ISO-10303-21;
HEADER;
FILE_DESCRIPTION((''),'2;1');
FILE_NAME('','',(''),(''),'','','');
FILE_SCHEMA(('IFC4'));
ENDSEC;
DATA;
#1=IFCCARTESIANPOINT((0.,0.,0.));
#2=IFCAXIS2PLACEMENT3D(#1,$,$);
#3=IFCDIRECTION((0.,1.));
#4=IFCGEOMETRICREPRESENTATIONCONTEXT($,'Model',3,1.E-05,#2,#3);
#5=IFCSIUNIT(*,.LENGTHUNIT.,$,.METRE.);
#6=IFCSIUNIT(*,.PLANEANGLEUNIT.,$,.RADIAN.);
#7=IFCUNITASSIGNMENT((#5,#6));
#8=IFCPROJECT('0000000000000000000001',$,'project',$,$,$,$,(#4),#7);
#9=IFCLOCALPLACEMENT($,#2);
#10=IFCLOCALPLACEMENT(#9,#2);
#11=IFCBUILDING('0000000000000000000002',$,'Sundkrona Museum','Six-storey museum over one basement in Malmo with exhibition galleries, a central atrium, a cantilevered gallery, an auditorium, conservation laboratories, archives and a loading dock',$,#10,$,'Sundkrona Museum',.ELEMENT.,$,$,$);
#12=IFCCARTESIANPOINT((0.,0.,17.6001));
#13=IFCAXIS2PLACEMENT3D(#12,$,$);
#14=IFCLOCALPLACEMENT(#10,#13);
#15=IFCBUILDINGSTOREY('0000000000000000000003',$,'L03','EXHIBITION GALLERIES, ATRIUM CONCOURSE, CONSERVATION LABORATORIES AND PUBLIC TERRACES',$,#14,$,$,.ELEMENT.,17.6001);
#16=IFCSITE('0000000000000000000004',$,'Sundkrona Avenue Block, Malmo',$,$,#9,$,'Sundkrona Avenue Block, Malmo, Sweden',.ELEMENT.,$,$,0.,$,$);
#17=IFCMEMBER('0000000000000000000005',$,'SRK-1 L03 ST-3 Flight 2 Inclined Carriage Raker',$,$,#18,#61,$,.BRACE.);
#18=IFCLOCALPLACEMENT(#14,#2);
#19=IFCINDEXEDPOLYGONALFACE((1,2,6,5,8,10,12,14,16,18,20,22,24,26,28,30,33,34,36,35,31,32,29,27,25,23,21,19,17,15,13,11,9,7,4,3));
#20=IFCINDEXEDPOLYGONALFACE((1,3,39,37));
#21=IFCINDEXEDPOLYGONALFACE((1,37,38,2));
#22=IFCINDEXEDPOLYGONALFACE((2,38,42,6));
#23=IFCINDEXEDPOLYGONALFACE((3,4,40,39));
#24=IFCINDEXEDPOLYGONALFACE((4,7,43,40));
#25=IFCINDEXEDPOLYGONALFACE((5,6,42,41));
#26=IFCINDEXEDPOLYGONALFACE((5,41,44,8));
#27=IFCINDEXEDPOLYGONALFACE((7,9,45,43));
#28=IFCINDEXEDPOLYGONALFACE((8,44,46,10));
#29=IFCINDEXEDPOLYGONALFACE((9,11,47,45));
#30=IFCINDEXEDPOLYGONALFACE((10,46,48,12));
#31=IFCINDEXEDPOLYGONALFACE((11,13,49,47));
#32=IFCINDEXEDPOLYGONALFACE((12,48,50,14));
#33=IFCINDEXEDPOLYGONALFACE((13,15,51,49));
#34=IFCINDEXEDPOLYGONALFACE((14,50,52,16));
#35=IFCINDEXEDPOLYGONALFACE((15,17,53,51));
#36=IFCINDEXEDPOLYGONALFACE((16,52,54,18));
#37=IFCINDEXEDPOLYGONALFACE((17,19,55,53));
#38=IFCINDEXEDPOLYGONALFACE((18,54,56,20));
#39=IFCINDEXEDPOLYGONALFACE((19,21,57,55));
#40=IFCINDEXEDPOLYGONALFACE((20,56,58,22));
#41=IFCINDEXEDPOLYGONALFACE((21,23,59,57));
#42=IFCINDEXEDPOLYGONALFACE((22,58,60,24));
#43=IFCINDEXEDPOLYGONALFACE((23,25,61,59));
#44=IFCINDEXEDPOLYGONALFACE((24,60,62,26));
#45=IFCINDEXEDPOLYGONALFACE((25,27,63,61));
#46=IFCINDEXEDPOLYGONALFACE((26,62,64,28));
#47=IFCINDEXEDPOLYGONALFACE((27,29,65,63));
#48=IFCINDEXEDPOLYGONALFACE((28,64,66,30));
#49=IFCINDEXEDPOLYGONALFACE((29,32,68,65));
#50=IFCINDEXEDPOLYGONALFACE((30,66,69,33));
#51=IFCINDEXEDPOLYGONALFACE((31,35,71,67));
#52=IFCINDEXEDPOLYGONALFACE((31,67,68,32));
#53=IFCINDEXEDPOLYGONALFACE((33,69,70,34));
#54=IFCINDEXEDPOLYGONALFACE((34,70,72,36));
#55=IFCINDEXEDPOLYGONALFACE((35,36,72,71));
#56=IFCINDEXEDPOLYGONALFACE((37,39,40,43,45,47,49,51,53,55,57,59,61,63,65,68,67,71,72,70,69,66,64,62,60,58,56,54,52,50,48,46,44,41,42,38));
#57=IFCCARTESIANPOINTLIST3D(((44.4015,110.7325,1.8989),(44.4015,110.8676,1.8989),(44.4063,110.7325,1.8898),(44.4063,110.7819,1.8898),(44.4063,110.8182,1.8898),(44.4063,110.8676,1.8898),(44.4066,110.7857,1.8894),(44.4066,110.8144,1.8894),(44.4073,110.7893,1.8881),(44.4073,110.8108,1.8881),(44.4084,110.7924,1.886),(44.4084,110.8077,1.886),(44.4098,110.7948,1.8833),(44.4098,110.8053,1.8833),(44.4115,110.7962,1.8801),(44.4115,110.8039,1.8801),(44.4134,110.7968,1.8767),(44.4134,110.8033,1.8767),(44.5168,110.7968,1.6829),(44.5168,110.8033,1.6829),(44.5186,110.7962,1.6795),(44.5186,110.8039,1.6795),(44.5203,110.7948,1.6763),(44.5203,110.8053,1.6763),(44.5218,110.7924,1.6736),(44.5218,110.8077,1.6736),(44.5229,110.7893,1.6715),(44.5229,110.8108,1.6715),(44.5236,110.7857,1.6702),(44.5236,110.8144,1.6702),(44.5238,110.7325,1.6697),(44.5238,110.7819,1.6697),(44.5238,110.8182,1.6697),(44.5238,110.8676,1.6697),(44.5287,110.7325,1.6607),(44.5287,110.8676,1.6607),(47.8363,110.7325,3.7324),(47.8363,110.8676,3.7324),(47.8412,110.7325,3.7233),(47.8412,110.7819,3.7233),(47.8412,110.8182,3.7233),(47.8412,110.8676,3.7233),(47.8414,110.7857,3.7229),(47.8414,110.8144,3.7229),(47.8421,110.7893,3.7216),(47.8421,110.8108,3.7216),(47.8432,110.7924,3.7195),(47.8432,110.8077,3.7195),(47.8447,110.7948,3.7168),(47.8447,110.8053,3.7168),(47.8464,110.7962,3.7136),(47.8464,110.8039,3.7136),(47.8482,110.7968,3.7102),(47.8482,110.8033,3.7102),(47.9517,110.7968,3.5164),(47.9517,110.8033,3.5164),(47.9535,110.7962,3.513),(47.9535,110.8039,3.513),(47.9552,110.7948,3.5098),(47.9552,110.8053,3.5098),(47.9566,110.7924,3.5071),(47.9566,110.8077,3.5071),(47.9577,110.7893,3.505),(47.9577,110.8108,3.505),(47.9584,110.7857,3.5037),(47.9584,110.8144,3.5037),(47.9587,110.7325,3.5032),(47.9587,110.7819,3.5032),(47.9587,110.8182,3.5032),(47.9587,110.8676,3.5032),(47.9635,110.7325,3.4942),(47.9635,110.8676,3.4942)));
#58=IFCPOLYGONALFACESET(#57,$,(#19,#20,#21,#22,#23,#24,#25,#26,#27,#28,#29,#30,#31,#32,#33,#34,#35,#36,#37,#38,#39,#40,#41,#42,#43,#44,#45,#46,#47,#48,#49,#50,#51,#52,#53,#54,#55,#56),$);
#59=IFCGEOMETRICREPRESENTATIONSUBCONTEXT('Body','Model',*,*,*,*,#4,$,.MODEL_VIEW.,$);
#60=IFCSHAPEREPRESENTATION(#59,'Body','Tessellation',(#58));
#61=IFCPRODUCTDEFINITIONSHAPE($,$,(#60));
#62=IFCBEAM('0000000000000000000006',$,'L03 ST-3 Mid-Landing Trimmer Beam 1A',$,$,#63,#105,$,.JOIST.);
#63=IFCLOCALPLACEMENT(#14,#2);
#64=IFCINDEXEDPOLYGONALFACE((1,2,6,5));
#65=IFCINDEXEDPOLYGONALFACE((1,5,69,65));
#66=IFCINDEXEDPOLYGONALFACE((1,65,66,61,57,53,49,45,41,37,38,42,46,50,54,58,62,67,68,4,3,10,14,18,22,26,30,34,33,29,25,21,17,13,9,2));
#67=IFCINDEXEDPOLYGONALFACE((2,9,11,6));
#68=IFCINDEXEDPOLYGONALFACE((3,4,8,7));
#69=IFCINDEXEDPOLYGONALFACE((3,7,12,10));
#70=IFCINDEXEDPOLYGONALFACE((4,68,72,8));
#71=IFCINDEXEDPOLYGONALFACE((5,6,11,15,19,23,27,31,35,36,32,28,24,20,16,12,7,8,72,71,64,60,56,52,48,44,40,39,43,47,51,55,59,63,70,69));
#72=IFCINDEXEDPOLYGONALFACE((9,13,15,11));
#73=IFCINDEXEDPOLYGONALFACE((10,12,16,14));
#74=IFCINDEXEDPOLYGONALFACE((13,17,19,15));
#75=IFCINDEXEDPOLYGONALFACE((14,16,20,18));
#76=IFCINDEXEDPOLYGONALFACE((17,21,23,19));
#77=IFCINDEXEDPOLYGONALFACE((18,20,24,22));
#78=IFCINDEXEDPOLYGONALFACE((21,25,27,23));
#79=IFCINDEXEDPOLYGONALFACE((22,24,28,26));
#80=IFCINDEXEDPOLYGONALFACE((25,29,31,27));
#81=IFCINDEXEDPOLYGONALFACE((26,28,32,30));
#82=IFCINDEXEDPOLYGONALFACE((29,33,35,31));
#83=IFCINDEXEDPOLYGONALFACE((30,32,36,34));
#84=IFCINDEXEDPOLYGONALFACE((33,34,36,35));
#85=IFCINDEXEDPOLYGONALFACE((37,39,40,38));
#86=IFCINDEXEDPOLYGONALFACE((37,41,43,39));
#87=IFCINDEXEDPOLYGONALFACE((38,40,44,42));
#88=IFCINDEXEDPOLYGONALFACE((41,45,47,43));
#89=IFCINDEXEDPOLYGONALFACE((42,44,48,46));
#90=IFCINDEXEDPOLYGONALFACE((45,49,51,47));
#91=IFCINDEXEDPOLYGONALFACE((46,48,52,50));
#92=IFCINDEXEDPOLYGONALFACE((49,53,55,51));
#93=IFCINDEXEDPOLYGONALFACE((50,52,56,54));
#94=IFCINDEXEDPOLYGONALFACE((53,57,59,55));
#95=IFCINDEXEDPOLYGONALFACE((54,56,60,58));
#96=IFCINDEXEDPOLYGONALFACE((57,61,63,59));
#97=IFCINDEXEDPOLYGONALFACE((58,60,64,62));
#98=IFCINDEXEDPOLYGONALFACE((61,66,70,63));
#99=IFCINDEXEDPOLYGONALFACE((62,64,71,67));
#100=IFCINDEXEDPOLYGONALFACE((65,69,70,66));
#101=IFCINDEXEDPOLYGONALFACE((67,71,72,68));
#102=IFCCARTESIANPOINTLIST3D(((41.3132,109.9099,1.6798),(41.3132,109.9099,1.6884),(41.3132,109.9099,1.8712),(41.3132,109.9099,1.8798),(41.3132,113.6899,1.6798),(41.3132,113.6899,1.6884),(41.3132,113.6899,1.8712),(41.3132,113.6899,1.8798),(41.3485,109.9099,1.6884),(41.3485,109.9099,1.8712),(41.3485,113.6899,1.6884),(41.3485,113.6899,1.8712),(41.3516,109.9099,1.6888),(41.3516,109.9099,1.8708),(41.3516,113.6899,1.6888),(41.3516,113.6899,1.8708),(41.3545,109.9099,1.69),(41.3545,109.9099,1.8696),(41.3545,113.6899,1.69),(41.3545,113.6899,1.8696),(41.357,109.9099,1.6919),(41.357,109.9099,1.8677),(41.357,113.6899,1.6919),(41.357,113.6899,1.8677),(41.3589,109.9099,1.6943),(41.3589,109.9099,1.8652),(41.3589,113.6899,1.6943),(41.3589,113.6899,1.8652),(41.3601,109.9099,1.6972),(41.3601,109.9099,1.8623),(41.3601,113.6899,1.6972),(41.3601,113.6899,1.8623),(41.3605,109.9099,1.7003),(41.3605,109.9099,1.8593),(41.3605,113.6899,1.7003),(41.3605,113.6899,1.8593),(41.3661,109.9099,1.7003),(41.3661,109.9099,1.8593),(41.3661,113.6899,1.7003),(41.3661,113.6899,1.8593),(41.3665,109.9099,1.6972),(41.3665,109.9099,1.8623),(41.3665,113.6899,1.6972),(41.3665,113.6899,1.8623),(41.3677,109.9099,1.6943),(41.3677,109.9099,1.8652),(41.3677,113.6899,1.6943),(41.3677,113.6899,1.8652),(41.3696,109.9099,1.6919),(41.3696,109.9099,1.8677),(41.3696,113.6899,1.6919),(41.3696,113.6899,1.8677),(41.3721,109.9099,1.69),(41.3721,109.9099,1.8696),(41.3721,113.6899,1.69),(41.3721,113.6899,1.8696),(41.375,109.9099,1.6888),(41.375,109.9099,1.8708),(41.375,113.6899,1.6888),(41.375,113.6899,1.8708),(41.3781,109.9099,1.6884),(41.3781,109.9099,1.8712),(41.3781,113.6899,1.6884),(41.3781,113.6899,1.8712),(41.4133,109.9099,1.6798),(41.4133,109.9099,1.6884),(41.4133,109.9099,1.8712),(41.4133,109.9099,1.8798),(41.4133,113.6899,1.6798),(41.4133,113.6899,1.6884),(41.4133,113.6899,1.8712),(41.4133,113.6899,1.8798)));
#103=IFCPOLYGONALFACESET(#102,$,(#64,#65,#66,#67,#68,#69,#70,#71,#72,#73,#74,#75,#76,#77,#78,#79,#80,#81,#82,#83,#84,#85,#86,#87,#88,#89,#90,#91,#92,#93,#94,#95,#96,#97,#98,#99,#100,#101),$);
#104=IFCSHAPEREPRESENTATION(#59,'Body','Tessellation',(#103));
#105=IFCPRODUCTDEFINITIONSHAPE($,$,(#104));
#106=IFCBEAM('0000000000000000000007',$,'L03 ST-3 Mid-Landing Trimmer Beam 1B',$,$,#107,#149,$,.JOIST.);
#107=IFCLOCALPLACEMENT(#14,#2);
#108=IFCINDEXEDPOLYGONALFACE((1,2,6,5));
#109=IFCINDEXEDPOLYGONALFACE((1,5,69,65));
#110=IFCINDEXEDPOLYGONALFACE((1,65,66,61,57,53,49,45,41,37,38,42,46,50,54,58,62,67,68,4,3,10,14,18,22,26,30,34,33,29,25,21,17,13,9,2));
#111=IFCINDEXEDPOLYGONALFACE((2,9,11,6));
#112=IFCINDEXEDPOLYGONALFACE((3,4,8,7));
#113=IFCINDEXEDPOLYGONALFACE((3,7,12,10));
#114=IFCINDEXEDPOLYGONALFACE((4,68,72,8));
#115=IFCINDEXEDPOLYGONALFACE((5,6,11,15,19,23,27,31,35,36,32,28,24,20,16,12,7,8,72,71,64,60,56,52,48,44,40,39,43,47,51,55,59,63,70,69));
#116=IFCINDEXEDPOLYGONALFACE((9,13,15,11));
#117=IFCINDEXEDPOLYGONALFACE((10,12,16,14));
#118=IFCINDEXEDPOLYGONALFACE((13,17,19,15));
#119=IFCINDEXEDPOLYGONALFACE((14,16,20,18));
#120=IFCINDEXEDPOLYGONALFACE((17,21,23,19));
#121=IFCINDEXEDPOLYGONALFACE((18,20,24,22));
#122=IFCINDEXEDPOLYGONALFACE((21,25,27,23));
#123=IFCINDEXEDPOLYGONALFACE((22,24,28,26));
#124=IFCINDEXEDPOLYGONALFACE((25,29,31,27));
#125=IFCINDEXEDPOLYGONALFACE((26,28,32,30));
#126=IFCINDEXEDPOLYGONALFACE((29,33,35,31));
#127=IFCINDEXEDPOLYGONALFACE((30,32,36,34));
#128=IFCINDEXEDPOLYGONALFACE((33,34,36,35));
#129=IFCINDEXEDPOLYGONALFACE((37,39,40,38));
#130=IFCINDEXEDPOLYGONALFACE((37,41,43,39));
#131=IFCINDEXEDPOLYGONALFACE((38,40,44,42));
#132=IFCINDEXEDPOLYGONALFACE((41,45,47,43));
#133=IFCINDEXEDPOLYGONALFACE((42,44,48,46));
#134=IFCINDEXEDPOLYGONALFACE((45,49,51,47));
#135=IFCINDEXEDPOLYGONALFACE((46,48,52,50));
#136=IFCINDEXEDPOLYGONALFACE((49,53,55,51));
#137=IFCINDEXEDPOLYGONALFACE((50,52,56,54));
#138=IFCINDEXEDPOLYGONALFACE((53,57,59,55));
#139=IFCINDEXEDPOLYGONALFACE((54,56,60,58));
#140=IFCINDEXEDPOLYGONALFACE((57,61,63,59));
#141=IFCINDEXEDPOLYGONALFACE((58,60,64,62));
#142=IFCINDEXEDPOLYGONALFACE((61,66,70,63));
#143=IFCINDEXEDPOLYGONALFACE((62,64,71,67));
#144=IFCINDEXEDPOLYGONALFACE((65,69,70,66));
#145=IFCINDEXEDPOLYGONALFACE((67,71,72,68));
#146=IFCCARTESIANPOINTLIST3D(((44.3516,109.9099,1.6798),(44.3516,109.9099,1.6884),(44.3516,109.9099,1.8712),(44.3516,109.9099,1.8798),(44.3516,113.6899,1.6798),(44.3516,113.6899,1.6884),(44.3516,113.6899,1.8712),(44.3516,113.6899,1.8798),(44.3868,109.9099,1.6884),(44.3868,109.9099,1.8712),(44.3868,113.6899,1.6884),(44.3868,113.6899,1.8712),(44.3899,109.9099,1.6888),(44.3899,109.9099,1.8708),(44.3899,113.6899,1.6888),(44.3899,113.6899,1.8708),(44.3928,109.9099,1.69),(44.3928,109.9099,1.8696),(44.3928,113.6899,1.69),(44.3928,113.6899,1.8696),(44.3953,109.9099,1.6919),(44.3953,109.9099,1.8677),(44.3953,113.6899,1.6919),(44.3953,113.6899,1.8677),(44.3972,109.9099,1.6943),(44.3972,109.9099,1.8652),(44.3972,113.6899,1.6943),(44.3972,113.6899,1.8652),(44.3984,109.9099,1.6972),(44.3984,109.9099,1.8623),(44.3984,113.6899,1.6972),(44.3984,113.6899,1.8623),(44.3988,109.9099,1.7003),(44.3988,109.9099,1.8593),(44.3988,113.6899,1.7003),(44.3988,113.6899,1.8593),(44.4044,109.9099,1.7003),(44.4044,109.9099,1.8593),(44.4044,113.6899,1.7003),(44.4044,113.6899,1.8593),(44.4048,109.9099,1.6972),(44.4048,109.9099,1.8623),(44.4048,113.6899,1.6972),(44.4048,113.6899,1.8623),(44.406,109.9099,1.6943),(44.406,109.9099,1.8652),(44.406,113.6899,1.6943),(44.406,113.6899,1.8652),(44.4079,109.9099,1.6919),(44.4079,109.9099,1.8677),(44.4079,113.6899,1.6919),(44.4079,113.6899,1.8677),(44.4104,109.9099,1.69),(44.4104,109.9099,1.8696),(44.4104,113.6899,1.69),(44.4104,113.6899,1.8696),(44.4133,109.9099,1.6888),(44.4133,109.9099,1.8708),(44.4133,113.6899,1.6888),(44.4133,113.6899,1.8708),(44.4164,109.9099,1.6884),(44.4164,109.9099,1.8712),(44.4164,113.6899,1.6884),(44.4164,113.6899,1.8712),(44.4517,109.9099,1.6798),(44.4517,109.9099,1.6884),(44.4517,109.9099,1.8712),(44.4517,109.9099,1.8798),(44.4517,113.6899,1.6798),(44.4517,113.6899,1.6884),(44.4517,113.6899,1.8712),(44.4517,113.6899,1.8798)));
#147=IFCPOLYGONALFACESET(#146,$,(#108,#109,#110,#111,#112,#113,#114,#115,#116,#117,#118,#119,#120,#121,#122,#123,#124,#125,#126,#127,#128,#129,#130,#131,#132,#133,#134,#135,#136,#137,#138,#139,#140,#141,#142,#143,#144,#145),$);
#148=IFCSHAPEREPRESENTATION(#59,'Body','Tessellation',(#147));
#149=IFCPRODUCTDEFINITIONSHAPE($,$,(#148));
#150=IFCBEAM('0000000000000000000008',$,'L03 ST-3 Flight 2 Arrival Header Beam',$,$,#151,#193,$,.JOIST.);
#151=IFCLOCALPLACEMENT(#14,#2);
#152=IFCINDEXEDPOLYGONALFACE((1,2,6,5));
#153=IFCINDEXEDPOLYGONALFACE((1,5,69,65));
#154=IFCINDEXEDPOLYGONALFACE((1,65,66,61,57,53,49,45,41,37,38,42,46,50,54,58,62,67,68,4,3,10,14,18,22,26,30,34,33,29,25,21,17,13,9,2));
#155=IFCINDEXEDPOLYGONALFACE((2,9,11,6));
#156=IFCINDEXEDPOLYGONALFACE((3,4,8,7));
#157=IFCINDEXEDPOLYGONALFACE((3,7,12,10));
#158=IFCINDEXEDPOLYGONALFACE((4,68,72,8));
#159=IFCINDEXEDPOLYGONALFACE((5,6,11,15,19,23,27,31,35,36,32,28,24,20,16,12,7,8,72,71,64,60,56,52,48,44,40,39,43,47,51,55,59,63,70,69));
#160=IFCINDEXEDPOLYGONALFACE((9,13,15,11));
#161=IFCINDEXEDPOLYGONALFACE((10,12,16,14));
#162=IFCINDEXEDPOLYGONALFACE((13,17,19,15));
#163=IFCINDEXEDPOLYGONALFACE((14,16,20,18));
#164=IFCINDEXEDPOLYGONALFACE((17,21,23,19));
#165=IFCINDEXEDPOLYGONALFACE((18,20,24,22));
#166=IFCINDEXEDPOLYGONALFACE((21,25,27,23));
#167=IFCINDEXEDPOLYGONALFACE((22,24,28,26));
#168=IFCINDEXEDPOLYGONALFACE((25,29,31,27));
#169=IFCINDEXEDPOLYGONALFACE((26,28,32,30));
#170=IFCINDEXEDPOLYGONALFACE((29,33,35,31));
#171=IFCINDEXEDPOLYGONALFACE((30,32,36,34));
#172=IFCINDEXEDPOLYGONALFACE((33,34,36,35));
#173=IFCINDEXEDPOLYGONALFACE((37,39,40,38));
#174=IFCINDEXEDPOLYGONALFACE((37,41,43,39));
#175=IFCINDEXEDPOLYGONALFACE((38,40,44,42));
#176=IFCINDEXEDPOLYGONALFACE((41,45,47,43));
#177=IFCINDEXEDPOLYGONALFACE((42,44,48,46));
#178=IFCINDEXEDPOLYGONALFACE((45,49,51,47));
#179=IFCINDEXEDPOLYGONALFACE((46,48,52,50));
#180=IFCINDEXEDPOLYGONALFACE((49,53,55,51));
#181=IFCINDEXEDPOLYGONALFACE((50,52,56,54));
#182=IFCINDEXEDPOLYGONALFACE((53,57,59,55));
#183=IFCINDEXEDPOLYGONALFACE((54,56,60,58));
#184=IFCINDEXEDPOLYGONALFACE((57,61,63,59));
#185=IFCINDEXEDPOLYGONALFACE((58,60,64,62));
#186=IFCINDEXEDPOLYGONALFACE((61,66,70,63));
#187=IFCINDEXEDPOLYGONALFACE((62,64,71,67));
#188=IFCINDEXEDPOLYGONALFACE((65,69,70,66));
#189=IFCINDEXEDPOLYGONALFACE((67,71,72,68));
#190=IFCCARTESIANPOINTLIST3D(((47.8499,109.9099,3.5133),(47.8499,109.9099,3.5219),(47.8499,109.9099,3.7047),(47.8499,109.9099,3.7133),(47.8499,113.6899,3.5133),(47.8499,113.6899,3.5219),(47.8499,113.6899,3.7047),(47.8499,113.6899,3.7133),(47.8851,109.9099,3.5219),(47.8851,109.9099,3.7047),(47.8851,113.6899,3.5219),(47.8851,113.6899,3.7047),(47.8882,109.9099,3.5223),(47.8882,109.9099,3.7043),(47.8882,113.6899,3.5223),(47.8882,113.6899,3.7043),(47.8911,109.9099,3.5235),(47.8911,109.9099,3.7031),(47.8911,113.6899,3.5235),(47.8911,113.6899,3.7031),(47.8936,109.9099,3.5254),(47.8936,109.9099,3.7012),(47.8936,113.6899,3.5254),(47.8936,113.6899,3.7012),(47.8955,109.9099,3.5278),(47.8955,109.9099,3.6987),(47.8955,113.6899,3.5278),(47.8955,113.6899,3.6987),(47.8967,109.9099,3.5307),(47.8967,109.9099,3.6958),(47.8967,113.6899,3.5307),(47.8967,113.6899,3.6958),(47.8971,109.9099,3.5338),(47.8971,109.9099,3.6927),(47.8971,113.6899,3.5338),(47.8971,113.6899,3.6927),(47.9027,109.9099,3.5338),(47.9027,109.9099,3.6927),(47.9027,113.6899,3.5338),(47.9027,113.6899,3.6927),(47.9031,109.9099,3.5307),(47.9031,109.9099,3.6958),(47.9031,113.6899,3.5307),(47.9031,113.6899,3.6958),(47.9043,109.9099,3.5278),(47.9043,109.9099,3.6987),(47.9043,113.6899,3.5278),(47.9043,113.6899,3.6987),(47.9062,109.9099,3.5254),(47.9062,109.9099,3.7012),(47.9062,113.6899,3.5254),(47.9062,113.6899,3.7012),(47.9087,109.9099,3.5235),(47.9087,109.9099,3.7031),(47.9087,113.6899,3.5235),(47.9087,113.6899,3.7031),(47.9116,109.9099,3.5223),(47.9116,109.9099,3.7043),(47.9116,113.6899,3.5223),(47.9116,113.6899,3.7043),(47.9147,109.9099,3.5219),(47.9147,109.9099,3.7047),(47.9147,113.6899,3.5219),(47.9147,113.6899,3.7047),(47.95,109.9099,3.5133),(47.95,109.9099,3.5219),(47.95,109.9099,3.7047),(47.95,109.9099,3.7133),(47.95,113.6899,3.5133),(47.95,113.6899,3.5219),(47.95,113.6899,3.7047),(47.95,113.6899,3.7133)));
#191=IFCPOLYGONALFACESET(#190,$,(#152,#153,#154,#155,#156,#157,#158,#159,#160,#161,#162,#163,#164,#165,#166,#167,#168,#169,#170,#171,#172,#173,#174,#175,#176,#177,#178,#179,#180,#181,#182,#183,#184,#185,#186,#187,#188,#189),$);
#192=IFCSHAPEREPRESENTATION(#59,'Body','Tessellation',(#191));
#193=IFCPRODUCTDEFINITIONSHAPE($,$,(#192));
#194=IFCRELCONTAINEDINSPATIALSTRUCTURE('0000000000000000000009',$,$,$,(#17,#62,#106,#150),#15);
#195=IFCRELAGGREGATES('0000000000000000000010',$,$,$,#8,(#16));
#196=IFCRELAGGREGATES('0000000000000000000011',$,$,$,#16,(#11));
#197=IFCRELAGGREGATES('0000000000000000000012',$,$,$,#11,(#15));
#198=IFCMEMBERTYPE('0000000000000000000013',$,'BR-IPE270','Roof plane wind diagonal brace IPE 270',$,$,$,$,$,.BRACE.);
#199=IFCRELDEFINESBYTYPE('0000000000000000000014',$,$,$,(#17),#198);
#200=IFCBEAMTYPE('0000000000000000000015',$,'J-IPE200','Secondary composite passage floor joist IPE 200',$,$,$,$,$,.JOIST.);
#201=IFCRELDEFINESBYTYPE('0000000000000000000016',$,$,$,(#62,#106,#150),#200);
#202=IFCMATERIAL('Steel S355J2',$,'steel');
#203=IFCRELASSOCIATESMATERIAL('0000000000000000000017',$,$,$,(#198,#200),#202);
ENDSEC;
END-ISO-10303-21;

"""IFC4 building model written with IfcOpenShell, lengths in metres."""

from ifc_helpers import new_model, si_unit, direction, frame, origin, origin_2d, place, context, subcontext, project, spatial, i_section, extrude, material, material_profile, profile_set, type_object, element, save


model = new_model("IFC4")

# Units and contexts
model_context = context("Model", 3, precision=1e-05, world=origin(), true_north=direction((0.0, 1.0)))
body_context = subcontext(model_context, "Body", "Model", "MODEL_VIEW")
ifc_project = project(units=[si_unit("LENGTHUNIT", "METRE"), si_unit("PLANEANGLEUNIT", "RADIAN")], contexts=[model_context])

# Site, building, storey
site_placement = place(None, origin())
site = spatial("IfcSite", under=ifc_project, at=site_placement, Name="Sundkrona Avenue Block, Malmo", LongName="Sundkrona Avenue Block, Malmo, Sweden", CompositionType="ELEMENT", RefElevation=0.0)
building_placement = place(site_placement, origin())
building = spatial("IfcBuilding", under=site, at=building_placement, Name="Sundkrona Museum", Description="Six-storey museum over one basement in Malmo with exhibition galleries, a central atrium, a cantilevered gallery, an auditorium, conservation laboratories, archives and a loading dock", LongName="Sundkrona Museum", CompositionType="ELEMENT")
storey_placement = place(building_placement, frame((0.0, 0.0, 17.6001)))
storey = spatial("IfcBuildingStorey", under=building, at=storey_placement, Name="L03", Description="EXHIBITION GALLERIES, ATRIUM CONCOURSE, CONSERVATION LABORATORIES AND PUBLIC TERRACES", CompositionType="ELEMENT", Elevation=17.6001)

# Shared definitions
ifc_material_1 = material(Name="Steel S355J2", Category="steel")

# Member
ifc_material_profile_1 = material_profile(ifc_material_1, i_section(OverallWidth=0.135, OverallDepth=0.27, WebThickness=0.0066, FlangeThickness=0.0103, FilletRadius=0.0149, at=origin_2d()), Name="IPE 270")
ifc_profile_set_1 = profile_set([ifc_material_profile_1], Name="Steel S355J2")
member_type = type_object("IfcMemberType", Name="BR-IPE270", Description="Roof plane wind diagonal brace IPE 270", PredefinedType="BRACE", material=ifc_profile_set_1)
member_placement = place(storey_placement, frame((44.4651, 110.8, 1.7798), z_axis=(0.882183, 0.0, 0.470907), x_axis=(0.0, 1.0, 0.0)))
element("IfcMember", 1, at=member_placement, inside=storey, type_object=member_type, Name="SRK-1 L03 ST-3 Flight 2 Inclined Carriage Raker", PredefinedType="BRACE", context=body_context, shape_type="SweptSolid", body=[
    extrude(i_section(OverallWidth=0.135, OverallDepth=0.27, WebThickness=0.0066, FlangeThickness=0.0103, FilletRadius=0.0149, at=origin_2d()), origin(), (0.0, 0.0, 1.0), 3.8936),
])

# Beams
ifc_material_profile_2 = material_profile(ifc_material_1, i_section(OverallWidth=0.1001, OverallDepth=0.2, WebThickness=0.0056, FlangeThickness=0.0085, FilletRadius=0.012, at=origin_2d()), Name="IPE 200")
ifc_profile_set_2 = profile_set([ifc_material_profile_2], Name="Steel S355J2")
beam_type_1 = type_object("IfcBeamType", Name="J-IPE200", Description="Secondary composite passage floor joist IPE 200", PredefinedType="JOIST", material=ifc_profile_set_2)
for number, where, z_axis, x_axis, name in (
    (2, (41.3633, 109.9099, 1.7798), (0.0, 1.0, 0.0), (-1.0, 0.0, 0.0), "L03 ST-3 Mid-Landing Trimmer Beam 1A"),
    (3, (44.4016, 109.9099, 1.7798), (0.0, 1.0, 0.0), (-1.0, 0.0, 0.0), "L03 ST-3 Mid-Landing Trimmer Beam 1B"),
    (4, (47.8999, 109.9099, 3.6133), (0.0, 1.0, 0.0), (-1.0, 0.0, 0.0), "L03 ST-3 Flight 2 Arrival Header Beam"),
):
    element("IfcBeam", number, at=place(storey_placement, frame(where, z_axis=z_axis, x_axis=x_axis)), inside=storey, type_object=beam_type_1, Name=name, PredefinedType="JOIST", context=body_context, shape_type="SweptSolid", body=[
        extrude(i_section(OverallWidth=0.1001, OverallDepth=0.2, WebThickness=0.0056, FlangeThickness=0.0085, FilletRadius=0.012, at=origin_2d()), origin(), (0.0, 0.0, 1.0), 3.78),
    ])

save(model, "model.ifc")
